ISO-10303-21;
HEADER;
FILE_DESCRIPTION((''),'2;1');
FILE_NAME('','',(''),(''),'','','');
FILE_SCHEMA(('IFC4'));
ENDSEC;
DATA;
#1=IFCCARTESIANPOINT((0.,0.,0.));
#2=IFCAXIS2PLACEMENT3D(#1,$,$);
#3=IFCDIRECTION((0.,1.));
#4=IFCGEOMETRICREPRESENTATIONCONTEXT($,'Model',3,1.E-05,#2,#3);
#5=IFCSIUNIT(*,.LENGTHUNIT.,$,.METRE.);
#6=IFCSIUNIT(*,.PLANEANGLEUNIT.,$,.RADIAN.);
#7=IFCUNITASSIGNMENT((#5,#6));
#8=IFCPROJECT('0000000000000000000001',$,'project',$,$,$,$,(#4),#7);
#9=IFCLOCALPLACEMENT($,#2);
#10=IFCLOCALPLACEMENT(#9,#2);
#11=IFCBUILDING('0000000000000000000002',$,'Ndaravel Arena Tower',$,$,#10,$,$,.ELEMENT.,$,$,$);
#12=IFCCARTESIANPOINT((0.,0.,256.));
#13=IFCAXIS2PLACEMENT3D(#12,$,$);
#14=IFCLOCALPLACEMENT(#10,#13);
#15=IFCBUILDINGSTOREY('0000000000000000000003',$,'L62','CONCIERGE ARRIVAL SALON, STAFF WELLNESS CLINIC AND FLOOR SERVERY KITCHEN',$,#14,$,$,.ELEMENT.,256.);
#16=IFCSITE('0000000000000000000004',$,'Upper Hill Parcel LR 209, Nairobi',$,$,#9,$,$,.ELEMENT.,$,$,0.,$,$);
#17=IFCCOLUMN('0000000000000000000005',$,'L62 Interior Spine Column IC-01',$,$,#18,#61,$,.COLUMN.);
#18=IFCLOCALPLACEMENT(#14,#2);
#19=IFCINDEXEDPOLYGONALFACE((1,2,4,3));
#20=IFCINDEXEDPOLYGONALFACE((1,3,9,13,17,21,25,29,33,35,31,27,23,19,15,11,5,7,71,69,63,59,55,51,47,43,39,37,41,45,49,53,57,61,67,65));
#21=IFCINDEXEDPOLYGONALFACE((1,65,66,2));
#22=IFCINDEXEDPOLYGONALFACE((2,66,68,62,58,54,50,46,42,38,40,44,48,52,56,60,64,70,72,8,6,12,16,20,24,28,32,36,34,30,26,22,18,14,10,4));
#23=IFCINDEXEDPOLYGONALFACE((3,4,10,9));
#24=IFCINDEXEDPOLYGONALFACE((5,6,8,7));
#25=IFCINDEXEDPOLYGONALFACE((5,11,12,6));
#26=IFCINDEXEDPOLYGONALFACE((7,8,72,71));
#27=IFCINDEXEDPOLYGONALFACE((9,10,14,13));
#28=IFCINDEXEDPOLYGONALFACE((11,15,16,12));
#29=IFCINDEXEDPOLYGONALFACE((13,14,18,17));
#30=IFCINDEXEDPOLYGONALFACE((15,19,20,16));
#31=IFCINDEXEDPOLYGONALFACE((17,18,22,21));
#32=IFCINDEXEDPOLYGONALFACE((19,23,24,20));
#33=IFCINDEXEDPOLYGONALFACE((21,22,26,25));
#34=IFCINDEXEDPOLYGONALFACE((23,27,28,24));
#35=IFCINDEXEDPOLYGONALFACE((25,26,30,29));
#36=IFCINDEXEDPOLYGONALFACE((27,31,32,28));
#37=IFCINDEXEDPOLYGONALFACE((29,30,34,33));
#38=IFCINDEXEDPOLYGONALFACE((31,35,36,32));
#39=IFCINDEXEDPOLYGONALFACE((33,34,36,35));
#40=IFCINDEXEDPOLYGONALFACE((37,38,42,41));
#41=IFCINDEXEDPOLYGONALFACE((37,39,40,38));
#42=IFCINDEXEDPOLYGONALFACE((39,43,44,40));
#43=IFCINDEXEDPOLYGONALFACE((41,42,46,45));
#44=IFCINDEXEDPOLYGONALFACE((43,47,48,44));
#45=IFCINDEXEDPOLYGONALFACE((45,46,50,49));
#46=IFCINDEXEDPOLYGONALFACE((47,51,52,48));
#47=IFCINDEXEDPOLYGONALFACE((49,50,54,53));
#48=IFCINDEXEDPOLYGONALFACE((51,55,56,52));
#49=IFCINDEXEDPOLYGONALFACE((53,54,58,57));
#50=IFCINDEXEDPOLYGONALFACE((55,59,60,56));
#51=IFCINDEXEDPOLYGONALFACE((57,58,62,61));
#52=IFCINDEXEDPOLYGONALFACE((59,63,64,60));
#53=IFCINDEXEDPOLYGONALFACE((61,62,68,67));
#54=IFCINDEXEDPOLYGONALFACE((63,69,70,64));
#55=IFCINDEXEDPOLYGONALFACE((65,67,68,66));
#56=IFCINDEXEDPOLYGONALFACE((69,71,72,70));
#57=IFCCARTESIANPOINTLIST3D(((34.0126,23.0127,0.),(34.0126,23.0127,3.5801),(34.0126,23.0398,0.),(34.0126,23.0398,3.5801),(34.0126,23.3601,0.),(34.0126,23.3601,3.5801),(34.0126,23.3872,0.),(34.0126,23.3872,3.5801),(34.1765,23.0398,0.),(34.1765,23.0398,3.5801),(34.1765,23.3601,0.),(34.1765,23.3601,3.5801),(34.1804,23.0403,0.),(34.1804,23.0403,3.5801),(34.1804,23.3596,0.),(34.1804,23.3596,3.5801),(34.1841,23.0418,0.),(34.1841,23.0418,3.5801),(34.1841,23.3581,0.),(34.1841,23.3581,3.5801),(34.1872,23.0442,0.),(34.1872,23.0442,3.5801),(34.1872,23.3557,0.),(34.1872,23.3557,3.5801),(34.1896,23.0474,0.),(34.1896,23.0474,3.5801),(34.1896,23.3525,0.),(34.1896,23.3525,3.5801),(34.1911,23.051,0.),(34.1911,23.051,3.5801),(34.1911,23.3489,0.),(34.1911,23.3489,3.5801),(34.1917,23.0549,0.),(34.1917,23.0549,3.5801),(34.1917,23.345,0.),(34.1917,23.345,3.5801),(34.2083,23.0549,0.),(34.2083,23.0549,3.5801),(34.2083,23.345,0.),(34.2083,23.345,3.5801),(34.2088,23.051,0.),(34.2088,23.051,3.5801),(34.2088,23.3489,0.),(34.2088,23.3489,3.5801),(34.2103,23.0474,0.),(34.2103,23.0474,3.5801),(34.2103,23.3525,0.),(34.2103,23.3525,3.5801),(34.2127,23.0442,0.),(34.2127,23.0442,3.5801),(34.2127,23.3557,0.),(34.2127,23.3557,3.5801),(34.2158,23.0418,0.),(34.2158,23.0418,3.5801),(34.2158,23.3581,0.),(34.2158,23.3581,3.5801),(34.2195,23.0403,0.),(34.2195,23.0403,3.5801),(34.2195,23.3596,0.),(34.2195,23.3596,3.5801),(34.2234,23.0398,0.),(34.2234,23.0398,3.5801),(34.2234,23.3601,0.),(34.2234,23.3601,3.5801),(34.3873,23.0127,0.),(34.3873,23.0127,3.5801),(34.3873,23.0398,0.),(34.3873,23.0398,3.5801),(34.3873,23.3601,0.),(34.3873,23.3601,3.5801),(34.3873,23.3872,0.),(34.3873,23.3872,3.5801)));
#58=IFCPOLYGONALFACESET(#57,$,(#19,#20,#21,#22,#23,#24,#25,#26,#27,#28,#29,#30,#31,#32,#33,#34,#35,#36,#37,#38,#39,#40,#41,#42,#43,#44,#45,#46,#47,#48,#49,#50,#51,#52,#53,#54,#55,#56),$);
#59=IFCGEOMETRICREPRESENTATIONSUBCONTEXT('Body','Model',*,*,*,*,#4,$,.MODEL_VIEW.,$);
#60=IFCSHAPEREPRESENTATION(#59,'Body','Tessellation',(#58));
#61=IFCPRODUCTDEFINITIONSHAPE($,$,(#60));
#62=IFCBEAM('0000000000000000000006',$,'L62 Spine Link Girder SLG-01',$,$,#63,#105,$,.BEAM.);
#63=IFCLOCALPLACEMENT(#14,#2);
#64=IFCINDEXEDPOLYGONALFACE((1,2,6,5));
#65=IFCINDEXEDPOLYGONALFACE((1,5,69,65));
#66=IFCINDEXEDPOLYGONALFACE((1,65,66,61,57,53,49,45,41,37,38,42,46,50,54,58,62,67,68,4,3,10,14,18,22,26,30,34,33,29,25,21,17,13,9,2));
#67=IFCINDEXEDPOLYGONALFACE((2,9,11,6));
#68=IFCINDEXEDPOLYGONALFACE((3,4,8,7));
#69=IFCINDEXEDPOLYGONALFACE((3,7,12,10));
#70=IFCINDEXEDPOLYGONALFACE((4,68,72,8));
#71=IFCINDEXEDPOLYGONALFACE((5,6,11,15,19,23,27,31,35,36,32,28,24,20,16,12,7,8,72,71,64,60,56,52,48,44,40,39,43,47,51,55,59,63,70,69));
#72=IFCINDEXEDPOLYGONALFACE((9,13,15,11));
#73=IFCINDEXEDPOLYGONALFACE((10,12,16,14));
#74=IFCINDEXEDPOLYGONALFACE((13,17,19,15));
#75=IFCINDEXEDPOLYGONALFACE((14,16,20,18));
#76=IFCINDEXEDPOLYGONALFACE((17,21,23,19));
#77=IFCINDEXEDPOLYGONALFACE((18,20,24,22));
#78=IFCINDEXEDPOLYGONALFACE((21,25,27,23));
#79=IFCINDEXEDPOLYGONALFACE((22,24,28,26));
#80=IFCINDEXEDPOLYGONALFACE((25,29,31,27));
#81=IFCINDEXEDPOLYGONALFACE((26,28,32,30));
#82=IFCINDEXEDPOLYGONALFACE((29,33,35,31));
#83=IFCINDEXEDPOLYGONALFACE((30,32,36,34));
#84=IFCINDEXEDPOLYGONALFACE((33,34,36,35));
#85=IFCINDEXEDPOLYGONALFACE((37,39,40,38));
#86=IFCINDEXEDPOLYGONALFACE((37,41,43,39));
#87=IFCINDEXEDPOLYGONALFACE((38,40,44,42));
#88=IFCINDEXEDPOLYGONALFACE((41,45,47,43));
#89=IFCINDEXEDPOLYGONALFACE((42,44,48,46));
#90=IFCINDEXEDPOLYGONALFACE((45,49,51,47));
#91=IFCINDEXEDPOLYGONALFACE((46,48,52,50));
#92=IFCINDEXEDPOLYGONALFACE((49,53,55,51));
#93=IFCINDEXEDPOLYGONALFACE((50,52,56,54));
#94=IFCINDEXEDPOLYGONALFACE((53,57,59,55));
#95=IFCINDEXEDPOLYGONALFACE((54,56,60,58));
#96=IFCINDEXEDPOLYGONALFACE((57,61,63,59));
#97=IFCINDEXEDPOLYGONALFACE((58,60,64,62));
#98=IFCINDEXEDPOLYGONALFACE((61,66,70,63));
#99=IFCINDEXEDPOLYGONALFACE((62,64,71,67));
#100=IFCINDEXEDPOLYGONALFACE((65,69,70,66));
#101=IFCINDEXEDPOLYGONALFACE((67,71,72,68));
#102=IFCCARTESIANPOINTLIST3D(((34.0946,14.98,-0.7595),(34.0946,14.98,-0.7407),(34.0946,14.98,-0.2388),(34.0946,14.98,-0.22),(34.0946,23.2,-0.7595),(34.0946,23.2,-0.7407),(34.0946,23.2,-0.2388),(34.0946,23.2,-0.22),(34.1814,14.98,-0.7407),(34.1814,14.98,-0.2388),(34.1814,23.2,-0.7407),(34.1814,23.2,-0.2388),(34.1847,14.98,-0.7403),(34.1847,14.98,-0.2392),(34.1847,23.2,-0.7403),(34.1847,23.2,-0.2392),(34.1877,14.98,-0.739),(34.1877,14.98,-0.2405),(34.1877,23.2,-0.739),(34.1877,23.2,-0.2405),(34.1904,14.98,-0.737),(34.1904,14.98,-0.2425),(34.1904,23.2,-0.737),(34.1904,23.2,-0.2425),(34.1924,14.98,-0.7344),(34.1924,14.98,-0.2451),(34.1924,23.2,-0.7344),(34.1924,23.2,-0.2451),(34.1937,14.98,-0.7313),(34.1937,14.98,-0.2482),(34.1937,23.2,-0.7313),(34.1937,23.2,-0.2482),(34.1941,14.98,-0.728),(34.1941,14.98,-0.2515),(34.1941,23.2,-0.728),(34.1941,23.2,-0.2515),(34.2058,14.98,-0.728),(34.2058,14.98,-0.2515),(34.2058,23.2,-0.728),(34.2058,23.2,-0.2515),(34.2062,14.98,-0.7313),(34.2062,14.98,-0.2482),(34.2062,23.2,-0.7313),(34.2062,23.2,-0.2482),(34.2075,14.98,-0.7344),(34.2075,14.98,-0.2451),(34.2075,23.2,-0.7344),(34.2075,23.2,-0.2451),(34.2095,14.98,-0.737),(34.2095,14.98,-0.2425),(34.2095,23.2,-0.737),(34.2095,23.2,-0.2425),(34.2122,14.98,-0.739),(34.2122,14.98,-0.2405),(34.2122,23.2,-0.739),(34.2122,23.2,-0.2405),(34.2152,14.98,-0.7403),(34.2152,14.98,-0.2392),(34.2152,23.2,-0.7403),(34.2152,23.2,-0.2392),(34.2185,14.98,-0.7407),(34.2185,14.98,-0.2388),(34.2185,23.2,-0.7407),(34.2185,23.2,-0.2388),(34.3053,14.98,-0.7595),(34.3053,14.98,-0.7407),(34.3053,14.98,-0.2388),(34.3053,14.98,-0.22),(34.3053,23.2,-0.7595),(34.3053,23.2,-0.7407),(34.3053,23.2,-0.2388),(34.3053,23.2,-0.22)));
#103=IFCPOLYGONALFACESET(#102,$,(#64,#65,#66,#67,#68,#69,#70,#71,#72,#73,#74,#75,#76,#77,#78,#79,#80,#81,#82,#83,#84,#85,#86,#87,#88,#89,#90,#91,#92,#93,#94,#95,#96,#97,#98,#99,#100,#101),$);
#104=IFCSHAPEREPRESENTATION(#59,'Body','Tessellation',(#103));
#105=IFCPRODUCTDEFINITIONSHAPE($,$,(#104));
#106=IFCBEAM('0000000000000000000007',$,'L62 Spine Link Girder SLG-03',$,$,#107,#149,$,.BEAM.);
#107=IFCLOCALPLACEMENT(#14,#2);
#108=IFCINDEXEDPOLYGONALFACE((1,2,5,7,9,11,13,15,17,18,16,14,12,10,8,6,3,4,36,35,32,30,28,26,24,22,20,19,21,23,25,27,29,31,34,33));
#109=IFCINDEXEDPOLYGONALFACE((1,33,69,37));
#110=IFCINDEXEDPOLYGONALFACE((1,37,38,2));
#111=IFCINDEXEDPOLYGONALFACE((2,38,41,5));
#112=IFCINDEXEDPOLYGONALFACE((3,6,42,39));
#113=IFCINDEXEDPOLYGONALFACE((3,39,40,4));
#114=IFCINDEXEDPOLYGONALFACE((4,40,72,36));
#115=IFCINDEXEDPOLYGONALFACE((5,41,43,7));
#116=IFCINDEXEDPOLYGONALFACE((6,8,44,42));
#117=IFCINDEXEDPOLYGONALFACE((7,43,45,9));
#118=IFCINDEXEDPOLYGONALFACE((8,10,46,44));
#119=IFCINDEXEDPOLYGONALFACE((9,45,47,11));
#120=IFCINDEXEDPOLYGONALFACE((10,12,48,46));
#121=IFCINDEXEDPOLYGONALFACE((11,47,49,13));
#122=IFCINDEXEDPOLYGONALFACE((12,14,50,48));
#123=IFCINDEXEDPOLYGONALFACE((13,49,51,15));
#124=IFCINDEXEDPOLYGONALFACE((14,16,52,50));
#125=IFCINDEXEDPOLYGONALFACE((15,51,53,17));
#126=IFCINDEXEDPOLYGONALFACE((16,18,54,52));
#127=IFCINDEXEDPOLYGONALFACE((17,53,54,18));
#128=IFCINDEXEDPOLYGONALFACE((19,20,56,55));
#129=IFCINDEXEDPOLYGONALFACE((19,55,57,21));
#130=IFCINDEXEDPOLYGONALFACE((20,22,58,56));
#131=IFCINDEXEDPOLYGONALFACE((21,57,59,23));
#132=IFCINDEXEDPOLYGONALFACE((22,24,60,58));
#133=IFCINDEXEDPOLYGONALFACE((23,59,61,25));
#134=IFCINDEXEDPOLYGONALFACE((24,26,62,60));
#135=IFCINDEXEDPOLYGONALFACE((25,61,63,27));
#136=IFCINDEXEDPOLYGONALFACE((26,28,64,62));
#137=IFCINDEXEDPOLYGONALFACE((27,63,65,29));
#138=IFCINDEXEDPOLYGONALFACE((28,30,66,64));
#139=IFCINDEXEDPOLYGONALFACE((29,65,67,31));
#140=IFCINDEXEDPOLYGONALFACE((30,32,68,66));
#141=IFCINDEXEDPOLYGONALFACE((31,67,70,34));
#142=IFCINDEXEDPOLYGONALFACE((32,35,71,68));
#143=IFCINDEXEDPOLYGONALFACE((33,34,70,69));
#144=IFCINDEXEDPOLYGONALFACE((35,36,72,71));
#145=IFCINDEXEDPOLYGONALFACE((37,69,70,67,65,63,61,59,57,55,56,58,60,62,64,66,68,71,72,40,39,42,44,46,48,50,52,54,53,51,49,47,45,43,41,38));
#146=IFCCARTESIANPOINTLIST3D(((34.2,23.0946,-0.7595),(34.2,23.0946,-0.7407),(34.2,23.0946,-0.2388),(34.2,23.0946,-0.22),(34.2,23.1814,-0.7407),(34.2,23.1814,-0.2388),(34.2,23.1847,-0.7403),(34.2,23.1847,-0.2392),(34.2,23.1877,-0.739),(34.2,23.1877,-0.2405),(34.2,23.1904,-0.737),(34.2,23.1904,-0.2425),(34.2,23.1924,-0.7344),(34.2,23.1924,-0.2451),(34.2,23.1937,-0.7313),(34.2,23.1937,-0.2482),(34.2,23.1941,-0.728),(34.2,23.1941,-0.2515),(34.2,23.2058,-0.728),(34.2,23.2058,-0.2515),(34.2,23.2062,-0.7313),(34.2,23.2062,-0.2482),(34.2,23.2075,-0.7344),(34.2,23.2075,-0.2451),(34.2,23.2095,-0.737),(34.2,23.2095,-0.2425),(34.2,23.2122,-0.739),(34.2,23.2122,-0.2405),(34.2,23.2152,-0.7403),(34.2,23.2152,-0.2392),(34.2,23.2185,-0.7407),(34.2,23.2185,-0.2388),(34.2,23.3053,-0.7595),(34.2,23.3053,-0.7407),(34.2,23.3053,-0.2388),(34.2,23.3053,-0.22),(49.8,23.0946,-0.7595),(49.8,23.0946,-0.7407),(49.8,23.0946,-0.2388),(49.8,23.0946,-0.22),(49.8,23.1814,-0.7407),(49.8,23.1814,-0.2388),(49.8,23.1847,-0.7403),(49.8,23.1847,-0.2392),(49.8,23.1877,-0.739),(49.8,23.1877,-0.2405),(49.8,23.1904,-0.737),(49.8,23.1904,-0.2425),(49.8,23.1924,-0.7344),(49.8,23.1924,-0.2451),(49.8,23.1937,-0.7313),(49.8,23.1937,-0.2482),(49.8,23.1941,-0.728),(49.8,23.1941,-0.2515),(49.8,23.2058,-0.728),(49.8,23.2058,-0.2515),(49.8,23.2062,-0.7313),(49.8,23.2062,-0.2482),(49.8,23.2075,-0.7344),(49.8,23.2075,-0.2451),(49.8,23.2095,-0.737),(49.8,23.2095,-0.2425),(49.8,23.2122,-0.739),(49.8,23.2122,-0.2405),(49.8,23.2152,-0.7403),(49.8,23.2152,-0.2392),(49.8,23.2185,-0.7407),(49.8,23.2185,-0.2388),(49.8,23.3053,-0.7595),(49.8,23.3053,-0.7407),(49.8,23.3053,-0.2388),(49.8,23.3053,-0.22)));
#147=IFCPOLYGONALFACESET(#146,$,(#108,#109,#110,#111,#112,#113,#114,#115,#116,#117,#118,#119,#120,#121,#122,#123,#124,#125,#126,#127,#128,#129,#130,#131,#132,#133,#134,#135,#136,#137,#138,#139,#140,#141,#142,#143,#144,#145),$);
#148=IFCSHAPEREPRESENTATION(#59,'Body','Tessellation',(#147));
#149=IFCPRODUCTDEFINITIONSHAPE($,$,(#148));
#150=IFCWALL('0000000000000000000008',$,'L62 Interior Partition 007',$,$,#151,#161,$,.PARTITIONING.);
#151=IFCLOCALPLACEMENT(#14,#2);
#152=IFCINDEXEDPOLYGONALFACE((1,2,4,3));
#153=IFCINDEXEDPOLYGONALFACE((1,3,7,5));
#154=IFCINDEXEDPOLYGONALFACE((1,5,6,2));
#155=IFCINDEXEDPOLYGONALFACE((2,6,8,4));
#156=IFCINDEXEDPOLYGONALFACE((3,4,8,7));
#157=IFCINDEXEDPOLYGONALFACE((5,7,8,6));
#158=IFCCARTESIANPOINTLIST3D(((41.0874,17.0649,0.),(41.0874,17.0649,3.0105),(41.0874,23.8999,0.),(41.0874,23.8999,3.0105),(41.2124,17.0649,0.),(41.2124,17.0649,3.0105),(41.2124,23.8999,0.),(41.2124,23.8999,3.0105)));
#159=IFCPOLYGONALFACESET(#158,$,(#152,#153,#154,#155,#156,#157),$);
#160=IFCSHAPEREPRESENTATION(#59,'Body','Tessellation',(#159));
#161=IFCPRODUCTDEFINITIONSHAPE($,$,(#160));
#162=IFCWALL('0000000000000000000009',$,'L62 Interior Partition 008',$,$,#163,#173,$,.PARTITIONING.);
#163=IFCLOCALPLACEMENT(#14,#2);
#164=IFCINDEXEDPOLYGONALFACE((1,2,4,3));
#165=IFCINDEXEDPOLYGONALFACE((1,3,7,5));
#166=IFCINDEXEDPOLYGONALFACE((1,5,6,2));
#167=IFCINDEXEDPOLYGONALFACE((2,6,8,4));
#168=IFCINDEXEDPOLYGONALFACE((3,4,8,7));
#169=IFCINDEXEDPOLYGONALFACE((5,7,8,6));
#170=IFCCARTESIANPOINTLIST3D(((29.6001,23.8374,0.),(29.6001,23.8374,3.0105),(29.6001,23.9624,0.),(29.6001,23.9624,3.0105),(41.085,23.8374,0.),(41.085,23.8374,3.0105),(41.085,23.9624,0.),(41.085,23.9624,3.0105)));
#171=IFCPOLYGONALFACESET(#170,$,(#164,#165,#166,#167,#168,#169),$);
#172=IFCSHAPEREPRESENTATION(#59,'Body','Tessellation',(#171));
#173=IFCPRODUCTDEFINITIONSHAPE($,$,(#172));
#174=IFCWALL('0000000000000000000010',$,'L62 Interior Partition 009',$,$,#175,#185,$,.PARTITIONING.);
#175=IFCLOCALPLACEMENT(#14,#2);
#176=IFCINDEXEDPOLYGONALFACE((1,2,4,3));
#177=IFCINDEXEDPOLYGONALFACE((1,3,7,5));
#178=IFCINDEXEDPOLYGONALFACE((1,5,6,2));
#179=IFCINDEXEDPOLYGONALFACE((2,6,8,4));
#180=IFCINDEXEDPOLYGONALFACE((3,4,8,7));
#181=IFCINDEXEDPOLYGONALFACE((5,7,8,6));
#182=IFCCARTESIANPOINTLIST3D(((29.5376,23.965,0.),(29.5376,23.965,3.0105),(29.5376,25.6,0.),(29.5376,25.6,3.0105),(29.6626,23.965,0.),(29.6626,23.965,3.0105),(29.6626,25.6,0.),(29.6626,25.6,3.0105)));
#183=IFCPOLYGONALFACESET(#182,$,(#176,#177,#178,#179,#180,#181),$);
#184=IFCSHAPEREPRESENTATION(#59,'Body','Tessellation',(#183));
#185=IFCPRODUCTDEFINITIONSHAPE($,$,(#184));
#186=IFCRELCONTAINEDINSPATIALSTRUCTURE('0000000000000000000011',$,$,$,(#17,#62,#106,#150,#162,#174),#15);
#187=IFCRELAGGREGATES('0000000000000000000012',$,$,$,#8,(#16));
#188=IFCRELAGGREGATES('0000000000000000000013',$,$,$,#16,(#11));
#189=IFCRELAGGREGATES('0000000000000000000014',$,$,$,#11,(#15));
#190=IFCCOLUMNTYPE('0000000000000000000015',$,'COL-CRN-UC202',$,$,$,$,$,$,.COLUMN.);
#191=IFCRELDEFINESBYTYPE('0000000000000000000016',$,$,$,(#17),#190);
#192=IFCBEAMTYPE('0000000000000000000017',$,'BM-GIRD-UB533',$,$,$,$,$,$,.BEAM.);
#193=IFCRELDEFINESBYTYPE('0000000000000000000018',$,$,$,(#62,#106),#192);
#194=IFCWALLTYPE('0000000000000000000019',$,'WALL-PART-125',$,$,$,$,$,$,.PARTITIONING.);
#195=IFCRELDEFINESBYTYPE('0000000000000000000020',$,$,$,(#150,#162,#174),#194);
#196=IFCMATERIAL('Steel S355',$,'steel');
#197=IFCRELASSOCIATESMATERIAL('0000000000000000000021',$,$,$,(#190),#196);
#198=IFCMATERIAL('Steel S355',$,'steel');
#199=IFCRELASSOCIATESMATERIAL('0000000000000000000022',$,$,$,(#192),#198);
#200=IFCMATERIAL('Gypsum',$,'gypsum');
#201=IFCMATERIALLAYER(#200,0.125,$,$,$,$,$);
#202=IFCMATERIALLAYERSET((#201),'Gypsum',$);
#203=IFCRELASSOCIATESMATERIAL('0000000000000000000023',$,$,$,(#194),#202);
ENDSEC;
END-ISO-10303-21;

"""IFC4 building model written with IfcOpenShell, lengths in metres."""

from ifc_helpers import new_model, si_unit, direction, frame, frame_2d, origin, origin_2d, place, context, subcontext, project, spatial, rectangle, i_section, extrude, material, layer, layer_set, material_profile, profile_set, type_object, element, save


model = new_model("IFC4")

# Units and contexts
model_context = context("Model", 3, precision=1e-05, world=origin(), true_north=direction((0.0, 1.0)))
body_context = subcontext(model_context, "Body", "Model", "MODEL_VIEW")
ifc_project = project(units=[si_unit("LENGTHUNIT", "METRE"), si_unit("PLANEANGLEUNIT", "RADIAN")], contexts=[model_context])

# Site, building, storey
site_placement = place(None, origin())
site = spatial("IfcSite", under=ifc_project, at=site_placement, Name="Upper Hill Parcel LR 209, Nairobi", CompositionType="ELEMENT", RefElevation=0.0)
building_placement = place(site_placement, origin())
building = spatial("IfcBuilding", under=site, at=building_placement, Name="Ndaravel Arena Tower", CompositionType="ELEMENT")
storey_placement = place(building_placement, frame((0.0, 0.0, 256.0)))
storey = spatial("IfcBuildingStorey", under=building, at=storey_placement, Name="L62", Description="CONCIERGE ARRIVAL SALON, STAFF WELLNESS CLINIC AND FLOOR SERVERY KITCHEN", CompositionType="ELEMENT", Elevation=256.0)

# Column
ifc_material_1 = material(Name="Steel S355", Category="steel")
ifc_material_profile_1 = material_profile(ifc_material_1, i_section(OverallWidth=0.3748, OverallDepth=0.3745, WebThickness=0.0166, FlangeThickness=0.0271, FilletRadius=0.0151, at=origin_2d()), Name="UC 356x368x202")
ifc_profile_set_1 = profile_set([ifc_material_profile_1], Name="Steel S355")
column_type = type_object("IfcColumnType", Name="COL-CRN-UC202", PredefinedType="COLUMN", material=ifc_profile_set_1)
column_placement = place(storey_placement, frame((34.2, 23.2, 0.0), z_axis=(0.0, 0.0, 1.0), x_axis=(1.0, 0.0, 0.0)))
element("IfcColumn", 1, at=column_placement, inside=storey, type_object=column_type, Name="L62 Interior Spine Column IC-01", PredefinedType="COLUMN", context=body_context, shape_type="SweptSolid", body=[
    extrude(i_section(OverallWidth=0.3748, OverallDepth=0.3745, WebThickness=0.0166, FlangeThickness=0.0271, FilletRadius=0.0151, at=origin_2d()), origin(), (0.0, 0.0, 1.0), 3.5801),
])

# Beams
ifc_material_2 = material(Name="Steel S355", Category="steel")
ifc_material_profile_2 = material_profile(ifc_material_2, i_section(OverallWidth=0.2107, OverallDepth=0.5396, WebThickness=0.0117, FlangeThickness=0.0188, FilletRadius=0.0127, at=origin_2d()), Name="UB 533x210x109")
ifc_profile_set_2 = profile_set([ifc_material_profile_2], Name="Steel S355")
beam_type = type_object("IfcBeamType", Name="BM-GIRD-UB533", PredefinedType="BEAM", material=ifc_profile_set_2)
beam_1_placement = place(storey_placement, frame((34.2, 14.98, -0.4897), z_axis=(0.0, 1.0, 0.0), x_axis=(-1.0, 0.0, 0.0)))
element("IfcBeam", 2, at=beam_1_placement, inside=storey, type_object=beam_type, Name="L62 Spine Link Girder SLG-01", PredefinedType="BEAM", context=body_context, shape_type="SweptSolid", body=[
    extrude(i_section(OverallWidth=0.2107, OverallDepth=0.5396, WebThickness=0.0117, FlangeThickness=0.0188, FilletRadius=0.0127, at=origin_2d()), origin(), (0.0, 0.0, 1.0), 8.22),
])
beam_2_placement = place(storey_placement, frame((34.2, 23.2, -0.4897), z_axis=(1.0, 0.0, 0.0), x_axis=(0.0, 1.0, 0.0)))
element("IfcBeam", 3, at=beam_2_placement, inside=storey, type_object=beam_type, Name="L62 Spine Link Girder SLG-03", PredefinedType="BEAM", context=body_context, shape_type="SweptSolid", body=[
    extrude(i_section(OverallWidth=0.2107, OverallDepth=0.5396, WebThickness=0.0117, FlangeThickness=0.0188, FilletRadius=0.0127, at=origin_2d()), origin(), (0.0, 0.0, 1.0), 15.6001),
])

# Walls
ifc_material_3 = material(Name="Gypsum", Category="gypsum")
ifc_layer_1 = layer(ifc_material_3, 0.125)
ifc_layer_set_1 = layer_set([ifc_layer_1], Name="Gypsum")
wall_type_1 = type_object("IfcWallType", Name="WALL-PART-125", PredefinedType="PARTITIONING", material=ifc_layer_set_1)
wall_1_placement = place(storey_placement, frame((41.1499, 17.0649, 0.0), z_axis=(0.0, 0.0, 1.0), x_axis=(0.0, 1.0, 0.0)))
element("IfcWall", 4, at=wall_1_placement, inside=storey, type_object=wall_type_1, Name="L62 Interior Partition 007", PredefinedType="PARTITIONING", context=body_context, shape_type="SweptSolid", body=[
    extrude(rectangle(XDim=6.835, YDim=0.125, at=frame_2d((3.4175, 0.0))), origin(), (0.0, 0.0, 1.0), 3.0105),
])
wall_2_placement = place(storey_placement, frame((41.085, 23.8999, 0.0), z_axis=(0.0, 0.0, 1.0), x_axis=(-1.0, 0.0, 0.0)))
element("IfcWall", 5, at=wall_2_placement, inside=storey, type_object=wall_type_1, Name="L62 Interior Partition 008", PredefinedType="PARTITIONING", context=body_context, shape_type="SweptSolid", body=[
    extrude(rectangle(XDim=11.4849, YDim=0.125, at=frame_2d((5.7424, 0.0))), origin(), (0.0, 0.0, 1.0), 3.0105),
])
wall_3_placement = place(storey_placement, frame((29.6001, 23.9651, 0.0), z_axis=(0.0, 0.0, 1.0), x_axis=(0.0, 1.0, 0.0)))
element("IfcWall", 6, at=wall_3_placement, inside=storey, type_object=wall_type_1, Name="L62 Interior Partition 009", PredefinedType="PARTITIONING", context=body_context, shape_type="SweptSolid", body=[
    extrude(rectangle(XDim=1.635, YDim=0.125, at=frame_2d((0.8174, 0.0))), origin(), (0.0, 0.0, 1.0), 3.0105),
])

save(model, "model.ifc")
